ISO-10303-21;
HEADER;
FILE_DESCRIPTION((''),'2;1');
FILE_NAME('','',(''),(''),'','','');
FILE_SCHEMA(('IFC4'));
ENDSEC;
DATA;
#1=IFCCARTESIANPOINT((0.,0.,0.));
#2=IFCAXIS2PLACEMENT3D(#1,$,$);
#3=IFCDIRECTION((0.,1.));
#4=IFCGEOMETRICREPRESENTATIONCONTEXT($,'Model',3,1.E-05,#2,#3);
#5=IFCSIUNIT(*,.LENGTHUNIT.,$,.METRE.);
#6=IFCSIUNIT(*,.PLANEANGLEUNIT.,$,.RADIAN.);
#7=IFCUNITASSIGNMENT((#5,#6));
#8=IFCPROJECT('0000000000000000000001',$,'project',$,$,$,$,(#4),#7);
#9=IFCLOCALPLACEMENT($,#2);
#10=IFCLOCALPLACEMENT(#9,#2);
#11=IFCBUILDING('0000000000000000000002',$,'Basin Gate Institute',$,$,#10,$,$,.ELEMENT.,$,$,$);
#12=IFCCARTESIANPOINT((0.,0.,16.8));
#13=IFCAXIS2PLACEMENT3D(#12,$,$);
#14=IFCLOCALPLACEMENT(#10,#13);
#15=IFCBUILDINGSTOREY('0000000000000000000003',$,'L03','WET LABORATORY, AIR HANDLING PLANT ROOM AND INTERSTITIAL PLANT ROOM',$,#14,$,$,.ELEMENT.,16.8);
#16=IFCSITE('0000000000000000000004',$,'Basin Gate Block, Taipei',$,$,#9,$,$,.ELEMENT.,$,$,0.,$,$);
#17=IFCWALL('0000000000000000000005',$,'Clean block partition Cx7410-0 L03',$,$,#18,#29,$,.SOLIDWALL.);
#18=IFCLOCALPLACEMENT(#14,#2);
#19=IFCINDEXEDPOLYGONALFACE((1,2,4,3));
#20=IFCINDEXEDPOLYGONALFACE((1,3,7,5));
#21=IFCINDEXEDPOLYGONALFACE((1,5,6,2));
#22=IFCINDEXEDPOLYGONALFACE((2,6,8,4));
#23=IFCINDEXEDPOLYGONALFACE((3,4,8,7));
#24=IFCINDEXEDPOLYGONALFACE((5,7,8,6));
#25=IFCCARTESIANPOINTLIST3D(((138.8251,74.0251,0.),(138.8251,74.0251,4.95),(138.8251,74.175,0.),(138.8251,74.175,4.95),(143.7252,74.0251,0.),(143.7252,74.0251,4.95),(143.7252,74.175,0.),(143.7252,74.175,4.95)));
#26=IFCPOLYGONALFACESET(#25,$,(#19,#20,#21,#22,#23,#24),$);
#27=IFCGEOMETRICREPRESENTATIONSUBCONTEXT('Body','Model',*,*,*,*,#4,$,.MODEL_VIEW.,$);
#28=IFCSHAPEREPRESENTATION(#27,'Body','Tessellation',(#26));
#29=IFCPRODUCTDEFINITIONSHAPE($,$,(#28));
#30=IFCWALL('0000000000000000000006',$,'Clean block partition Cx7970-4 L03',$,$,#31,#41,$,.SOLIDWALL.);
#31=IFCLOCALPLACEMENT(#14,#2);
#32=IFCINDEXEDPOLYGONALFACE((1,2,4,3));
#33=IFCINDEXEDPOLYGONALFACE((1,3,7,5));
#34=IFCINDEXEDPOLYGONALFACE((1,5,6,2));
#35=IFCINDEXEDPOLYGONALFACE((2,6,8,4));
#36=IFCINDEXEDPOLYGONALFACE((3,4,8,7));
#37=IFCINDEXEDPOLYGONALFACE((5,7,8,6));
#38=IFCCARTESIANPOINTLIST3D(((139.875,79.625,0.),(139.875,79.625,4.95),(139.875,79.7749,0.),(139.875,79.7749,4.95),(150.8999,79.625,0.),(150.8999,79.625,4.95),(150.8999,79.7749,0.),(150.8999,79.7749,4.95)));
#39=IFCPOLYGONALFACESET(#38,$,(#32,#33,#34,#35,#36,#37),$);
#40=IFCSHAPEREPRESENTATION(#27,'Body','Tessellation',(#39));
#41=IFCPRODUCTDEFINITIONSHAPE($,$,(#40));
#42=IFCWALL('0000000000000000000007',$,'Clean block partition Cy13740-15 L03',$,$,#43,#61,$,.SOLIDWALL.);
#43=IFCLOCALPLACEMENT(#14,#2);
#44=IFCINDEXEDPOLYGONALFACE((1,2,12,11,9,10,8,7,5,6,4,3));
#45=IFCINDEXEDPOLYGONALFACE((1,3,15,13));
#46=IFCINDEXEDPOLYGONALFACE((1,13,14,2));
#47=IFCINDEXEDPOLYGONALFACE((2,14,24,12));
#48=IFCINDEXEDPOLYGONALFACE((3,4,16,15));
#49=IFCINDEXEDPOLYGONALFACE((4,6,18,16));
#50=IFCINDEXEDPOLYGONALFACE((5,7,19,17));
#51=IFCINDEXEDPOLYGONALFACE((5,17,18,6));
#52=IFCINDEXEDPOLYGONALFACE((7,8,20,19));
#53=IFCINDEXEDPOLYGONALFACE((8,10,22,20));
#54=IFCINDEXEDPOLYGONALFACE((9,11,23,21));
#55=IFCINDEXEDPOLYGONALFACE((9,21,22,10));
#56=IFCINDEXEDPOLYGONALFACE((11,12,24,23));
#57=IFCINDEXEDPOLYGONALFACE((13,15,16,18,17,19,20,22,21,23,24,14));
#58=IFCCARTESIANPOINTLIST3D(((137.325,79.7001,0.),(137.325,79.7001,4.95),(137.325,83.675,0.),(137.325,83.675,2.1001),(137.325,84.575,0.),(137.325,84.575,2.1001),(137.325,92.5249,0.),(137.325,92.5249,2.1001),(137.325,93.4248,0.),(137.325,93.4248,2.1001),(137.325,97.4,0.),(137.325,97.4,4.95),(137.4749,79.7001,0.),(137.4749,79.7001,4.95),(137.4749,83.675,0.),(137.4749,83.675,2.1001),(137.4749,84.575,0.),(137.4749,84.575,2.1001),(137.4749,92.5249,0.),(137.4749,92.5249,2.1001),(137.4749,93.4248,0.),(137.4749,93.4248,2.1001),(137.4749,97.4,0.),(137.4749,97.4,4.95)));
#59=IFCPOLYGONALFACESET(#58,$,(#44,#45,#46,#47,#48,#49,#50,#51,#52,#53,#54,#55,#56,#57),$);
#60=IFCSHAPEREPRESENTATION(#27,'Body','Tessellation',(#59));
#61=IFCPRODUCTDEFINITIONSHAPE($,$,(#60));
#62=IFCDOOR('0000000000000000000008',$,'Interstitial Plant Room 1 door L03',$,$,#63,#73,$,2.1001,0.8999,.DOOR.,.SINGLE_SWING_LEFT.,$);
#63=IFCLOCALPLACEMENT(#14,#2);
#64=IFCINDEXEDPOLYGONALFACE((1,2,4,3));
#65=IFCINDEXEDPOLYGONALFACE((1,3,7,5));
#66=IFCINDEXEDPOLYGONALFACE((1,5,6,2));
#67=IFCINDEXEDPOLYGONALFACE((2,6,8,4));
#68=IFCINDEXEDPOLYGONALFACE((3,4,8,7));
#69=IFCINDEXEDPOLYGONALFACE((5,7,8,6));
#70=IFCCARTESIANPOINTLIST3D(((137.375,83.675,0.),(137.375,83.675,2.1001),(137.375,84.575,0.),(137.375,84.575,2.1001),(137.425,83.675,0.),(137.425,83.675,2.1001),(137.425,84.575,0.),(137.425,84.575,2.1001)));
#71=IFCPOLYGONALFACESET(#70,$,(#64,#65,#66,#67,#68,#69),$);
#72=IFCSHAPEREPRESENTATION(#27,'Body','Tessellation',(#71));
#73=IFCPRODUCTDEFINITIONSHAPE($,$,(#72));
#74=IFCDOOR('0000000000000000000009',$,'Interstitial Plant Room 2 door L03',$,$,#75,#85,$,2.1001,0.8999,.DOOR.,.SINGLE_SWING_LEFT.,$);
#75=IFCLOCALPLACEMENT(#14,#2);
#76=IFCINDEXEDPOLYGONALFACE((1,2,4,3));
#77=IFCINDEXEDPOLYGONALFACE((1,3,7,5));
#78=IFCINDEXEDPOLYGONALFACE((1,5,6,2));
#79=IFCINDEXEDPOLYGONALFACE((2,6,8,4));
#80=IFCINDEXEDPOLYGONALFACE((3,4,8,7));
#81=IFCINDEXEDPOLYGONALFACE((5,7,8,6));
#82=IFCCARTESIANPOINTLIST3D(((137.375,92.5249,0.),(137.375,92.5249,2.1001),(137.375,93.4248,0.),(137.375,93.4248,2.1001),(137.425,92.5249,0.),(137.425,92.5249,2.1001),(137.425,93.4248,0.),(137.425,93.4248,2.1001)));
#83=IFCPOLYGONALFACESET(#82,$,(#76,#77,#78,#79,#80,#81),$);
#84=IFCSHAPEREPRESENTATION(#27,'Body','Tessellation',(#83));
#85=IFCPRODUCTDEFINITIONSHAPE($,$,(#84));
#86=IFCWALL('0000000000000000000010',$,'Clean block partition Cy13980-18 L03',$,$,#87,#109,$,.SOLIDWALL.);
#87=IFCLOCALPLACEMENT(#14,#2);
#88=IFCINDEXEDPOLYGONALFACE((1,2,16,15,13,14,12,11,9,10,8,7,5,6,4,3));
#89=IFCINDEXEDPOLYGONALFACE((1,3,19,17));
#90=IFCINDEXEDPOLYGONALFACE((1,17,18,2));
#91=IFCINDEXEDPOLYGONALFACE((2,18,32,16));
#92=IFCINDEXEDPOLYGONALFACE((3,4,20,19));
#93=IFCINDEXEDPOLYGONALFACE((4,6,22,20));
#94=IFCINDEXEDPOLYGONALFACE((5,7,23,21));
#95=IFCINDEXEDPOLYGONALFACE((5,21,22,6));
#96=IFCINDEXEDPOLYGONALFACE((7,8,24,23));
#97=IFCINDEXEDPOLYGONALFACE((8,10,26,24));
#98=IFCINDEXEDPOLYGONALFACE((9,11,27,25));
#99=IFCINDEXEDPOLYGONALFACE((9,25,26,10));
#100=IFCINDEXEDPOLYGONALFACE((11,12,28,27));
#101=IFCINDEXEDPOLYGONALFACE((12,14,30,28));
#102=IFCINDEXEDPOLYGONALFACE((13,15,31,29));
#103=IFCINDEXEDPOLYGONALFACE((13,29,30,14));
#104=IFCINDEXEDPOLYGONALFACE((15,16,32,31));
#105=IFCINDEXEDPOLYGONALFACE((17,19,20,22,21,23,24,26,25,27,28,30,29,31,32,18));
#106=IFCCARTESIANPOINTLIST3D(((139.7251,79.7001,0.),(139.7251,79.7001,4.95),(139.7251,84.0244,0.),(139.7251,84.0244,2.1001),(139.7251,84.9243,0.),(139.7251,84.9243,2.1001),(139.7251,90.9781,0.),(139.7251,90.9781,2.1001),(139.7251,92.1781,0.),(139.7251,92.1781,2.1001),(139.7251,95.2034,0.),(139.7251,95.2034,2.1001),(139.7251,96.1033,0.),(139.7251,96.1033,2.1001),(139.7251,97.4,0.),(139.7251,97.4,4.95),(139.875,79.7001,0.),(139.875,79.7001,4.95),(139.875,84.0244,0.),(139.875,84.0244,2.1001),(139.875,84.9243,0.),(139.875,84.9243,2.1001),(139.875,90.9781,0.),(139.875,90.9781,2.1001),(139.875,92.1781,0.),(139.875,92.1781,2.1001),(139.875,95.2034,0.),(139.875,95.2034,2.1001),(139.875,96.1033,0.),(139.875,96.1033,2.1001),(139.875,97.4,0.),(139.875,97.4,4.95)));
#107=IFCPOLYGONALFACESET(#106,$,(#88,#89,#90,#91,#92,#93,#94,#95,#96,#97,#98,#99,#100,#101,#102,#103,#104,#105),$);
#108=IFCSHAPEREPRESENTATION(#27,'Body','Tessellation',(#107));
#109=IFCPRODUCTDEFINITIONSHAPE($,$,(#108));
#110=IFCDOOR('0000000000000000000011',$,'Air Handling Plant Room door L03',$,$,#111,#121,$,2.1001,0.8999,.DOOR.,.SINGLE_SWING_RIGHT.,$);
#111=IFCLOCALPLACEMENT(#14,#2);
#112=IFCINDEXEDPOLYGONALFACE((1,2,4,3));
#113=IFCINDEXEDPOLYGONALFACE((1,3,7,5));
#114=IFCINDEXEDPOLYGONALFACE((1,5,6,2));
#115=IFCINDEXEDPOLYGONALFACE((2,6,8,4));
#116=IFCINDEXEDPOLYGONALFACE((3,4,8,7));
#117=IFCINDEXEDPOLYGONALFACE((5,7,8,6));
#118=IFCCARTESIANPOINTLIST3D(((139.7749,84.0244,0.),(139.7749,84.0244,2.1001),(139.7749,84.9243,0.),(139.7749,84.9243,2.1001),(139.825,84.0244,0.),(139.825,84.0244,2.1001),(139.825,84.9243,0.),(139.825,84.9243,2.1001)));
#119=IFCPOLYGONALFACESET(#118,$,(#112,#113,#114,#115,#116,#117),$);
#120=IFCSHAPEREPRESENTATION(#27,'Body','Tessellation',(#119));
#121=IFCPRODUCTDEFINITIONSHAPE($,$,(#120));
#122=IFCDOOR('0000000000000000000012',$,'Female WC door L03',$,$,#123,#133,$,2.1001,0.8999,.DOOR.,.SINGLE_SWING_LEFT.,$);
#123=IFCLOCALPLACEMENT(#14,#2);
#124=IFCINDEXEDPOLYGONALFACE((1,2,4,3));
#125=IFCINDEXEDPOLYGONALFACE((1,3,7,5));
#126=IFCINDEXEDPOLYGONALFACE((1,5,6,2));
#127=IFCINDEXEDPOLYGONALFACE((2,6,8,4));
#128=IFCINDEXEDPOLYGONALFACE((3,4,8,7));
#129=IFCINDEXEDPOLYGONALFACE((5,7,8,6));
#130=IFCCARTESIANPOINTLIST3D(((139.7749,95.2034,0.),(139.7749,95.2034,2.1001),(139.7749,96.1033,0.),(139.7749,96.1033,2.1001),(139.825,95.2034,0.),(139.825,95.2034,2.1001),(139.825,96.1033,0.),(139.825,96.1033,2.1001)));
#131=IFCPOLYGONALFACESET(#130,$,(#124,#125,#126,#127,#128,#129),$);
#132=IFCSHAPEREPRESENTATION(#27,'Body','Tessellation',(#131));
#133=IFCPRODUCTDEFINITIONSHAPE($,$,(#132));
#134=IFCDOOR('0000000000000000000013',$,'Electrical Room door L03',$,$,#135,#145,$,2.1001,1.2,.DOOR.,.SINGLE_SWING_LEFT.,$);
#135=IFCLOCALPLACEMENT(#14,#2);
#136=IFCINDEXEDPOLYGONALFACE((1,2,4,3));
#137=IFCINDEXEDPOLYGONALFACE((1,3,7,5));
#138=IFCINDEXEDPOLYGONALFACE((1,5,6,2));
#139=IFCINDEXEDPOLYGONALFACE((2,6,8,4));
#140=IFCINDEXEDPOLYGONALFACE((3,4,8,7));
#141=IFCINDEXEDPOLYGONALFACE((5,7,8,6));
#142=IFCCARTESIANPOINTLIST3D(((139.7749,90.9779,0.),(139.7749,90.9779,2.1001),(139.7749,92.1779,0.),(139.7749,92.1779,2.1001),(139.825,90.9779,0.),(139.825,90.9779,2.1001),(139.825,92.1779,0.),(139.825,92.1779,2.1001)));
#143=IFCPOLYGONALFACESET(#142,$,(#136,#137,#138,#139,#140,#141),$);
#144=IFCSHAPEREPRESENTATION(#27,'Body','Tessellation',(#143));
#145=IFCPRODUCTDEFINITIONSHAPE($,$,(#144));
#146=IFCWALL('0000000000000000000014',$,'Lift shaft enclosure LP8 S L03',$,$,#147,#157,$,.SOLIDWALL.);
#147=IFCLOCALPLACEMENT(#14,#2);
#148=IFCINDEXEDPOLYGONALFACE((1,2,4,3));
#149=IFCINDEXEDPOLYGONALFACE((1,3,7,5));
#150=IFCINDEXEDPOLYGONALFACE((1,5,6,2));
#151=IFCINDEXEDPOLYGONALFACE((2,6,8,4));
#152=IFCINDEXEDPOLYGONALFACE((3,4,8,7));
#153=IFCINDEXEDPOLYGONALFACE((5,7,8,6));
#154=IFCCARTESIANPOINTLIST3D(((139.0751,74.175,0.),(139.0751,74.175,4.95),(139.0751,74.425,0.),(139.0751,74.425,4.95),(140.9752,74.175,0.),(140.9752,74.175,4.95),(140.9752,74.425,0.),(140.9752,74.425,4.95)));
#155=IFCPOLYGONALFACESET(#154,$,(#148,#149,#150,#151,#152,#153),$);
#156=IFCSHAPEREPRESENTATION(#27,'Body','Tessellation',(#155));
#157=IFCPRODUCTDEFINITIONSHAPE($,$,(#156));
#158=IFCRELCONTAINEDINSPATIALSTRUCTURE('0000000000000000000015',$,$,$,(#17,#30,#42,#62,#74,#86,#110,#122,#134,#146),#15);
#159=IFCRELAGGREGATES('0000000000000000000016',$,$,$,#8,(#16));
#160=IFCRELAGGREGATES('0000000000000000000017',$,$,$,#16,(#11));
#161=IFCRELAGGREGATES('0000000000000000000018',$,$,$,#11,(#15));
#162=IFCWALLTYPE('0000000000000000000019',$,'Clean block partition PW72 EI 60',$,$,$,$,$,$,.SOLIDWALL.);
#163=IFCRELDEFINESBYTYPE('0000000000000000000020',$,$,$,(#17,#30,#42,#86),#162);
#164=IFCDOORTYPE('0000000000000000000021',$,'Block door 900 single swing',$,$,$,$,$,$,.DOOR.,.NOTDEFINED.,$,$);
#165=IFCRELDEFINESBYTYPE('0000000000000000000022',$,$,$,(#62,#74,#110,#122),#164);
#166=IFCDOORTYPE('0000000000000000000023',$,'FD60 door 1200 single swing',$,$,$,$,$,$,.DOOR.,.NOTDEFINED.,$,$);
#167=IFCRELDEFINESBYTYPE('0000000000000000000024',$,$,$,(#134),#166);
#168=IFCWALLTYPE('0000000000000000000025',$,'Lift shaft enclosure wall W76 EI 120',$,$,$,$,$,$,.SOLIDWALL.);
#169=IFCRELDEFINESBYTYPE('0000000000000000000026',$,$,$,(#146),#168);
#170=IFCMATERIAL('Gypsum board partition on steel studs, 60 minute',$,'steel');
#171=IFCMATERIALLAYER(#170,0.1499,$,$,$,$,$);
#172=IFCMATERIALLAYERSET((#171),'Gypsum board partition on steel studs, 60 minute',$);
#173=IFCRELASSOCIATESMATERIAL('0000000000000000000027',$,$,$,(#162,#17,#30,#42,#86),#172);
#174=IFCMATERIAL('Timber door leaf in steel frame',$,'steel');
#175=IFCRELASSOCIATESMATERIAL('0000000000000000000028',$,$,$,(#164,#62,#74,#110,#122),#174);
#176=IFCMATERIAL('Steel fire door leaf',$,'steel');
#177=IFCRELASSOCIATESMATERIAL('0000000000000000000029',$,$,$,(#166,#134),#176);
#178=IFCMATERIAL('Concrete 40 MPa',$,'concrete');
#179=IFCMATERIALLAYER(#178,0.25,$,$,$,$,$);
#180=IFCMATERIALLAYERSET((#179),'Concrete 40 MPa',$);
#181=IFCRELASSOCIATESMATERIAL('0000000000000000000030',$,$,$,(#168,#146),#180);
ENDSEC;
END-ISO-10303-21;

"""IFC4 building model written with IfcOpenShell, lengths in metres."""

from ifc_helpers import new_model, si_unit, direction, frame, frame_2d, origin, place, context, subcontext, project, spatial, rectangle, extrude, material, layer, layer_set, type_object, element, fill, save


model = new_model("IFC4")

# Units and contexts
model_context = context("Model", 3, precision=1e-05, world=origin(), true_north=direction((0.0, 1.0)))
body_context = subcontext(model_context, "Body", "Model", "MODEL_VIEW")
ifc_project = project(units=[si_unit("LENGTHUNIT", "METRE"), si_unit("PLANEANGLEUNIT", "RADIAN")], contexts=[model_context])

# Site, building, storey
site_placement = place(None, origin())
site = spatial("IfcSite", under=ifc_project, at=site_placement, Name="Basin Gate Block, Taipei", CompositionType="ELEMENT", RefElevation=0.0)
building_placement = place(site_placement, origin())
building = spatial("IfcBuilding", under=site, at=building_placement, Name="Basin Gate Institute", CompositionType="ELEMENT")
storey_placement = place(building_placement, frame((0.0, 0.0, 16.8)))
storey = spatial("IfcBuildingStorey", under=building, at=storey_placement, Name="L03", Description="WET LABORATORY, AIR HANDLING PLANT ROOM AND INTERSTITIAL PLANT ROOM", CompositionType="ELEMENT", Elevation=16.8)

# Walls
ifc_material_1 = material(Name="Gypsum board partition on steel studs, 60 minute", Category="steel")
ifc_layer_1 = layer(ifc_material_1, 0.1499)
ifc_layer_set_1 = layer_set([ifc_layer_1], Name="Gypsum board partition on steel studs, 60 minute")
wall_type_1 = type_object("IfcWallType", Name="Clean block partition PW72 EI 60", PredefinedType="SOLIDWALL", material=ifc_layer_set_1)
wall_1_placement = place(storey_placement, frame((138.825, 74.1001, 0.0), z_axis=(0.0, 0.0, 1.0), x_axis=(1.0, 0.0, 0.0)))
element("IfcWall", 1, at=wall_1_placement, inside=storey, type_object=wall_type_1, material=ifc_layer_set_1, Name="Clean block partition Cx7410-0 L03", PredefinedType="SOLIDWALL", context=body_context, shape_type="SweptSolid", body=[
    extrude(rectangle(XDim=4.9001, YDim=0.1499, at=frame_2d((2.4502, 0.0))), origin(), (0.0, 0.0, 1.0), 4.95),
])
wall_2_placement = place(storey_placement, frame((139.875, 79.7, 0.0), z_axis=(0.0, 0.0, 1.0), x_axis=(1.0, 0.0, 0.0)))
element("IfcWall", 2, at=wall_2_placement, inside=storey, type_object=wall_type_1, material=ifc_layer_set_1, Name="Clean block partition Cx7970-4 L03", PredefinedType="SOLIDWALL", context=body_context, shape_type="SweptSolid", body=[
    extrude(rectangle(XDim=11.0249, YDim=0.1499, at=frame_2d((5.5125, 0.0))), origin(), (0.0, 0.0, 1.0), 4.95),
])

# Walls, openings, doors
wall_3_placement = place(storey_placement, frame((137.3999, 79.7, 0.0), z_axis=(0.0, 0.0, 1.0), x_axis=(0.0, 1.0, 0.0)))
wall_3 = element("IfcWall", 3, at=wall_3_placement, inside=storey, type_object=wall_type_1, material=ifc_layer_set_1, Name="Clean block partition Cy13740-15 L03", PredefinedType="SOLIDWALL", context=body_context, shape_type="SweptSolid", body=[
    extrude(rectangle(XDim=17.7, YDim=0.1499, at=frame_2d((8.8501, 0.0))), origin(), (0.0, 0.0, 1.0), 4.95),
])
opening_1_placement = place(wall_3_placement, frame((3.9751, 0.0, 0.0)))
opening_1 = element("IfcOpeningElement", 4, at=opening_1_placement, cuts=wall_3, PredefinedType="OPENING", context=body_context, shape_type="SweptSolid", body=[
    extrude(rectangle(XDim=0.8999, YDim=2.1001, at=frame_2d((0.45, 1.05))), frame((0.0, 0.085, 0.0), z_axis=(0.0, -1.0, 0.0), x_axis=(1.0, 0.0, 0.0)), (0.0, 0.0, 1.0), 0.1699),
])
opening_2_placement = place(wall_3_placement, frame((12.825, 0.0, 0.0)))
opening_2 = element("IfcOpeningElement", 5, at=opening_2_placement, cuts=wall_3, PredefinedType="OPENING", context=body_context, shape_type="SweptSolid", body=[
    extrude(rectangle(XDim=0.8999, YDim=2.1001, at=frame_2d((0.45, 1.05))), frame((0.0, 0.085, 0.0), z_axis=(0.0, -1.0, 0.0), x_axis=(1.0, 0.0, 0.0)), (0.0, 0.0, 1.0), 0.1699),
])
ifc_material_2 = material(Name="Timber door leaf in steel frame", Category="steel")
door_type_1 = type_object("IfcDoorType", Name="Block door 900 single swing", OperationType="NOTDEFINED", PredefinedType="DOOR", material=ifc_material_2)
door_1_placement = place(opening_1_placement, origin())
door_1 = element("IfcDoor", 6, at=door_1_placement, inside=storey, type_object=door_type_1, material=ifc_material_2, Name="Interstitial Plant Room 1 door L03", OperationType="SINGLE_SWING_LEFT", OverallHeight=2.1001, OverallWidth=0.8999, PredefinedType="DOOR", context=body_context, shape_type="SweptSolid", body=[
    extrude(rectangle(XDim=0.8999, YDim=2.1001, at=frame_2d((0.45, 1.05))), frame((0.0, 0.0249, 0.0), z_axis=(0.0, -1.0, 0.0), x_axis=(1.0, 0.0, 0.0)), (0.0, 0.0, 1.0), 0.05),
])
fill(opening_1, door_1)
door_2_placement = place(opening_2_placement, origin())
door_2 = element("IfcDoor", 7, at=door_2_placement, inside=storey, type_object=door_type_1, material=ifc_material_2, Name="Interstitial Plant Room 2 door L03", OperationType="SINGLE_SWING_LEFT", OverallHeight=2.1001, OverallWidth=0.8999, PredefinedType="DOOR", context=body_context, shape_type="SweptSolid", body=[
    extrude(rectangle(XDim=0.8999, YDim=2.1001, at=frame_2d((0.45, 1.05))), frame((0.0, 0.0249, 0.0), z_axis=(0.0, -1.0, 0.0), x_axis=(1.0, 0.0, 0.0)), (0.0, 0.0, 1.0), 0.05),
])
fill(opening_2, door_2)
wall_4_placement = place(storey_placement, frame((139.8, 79.7, 0.0), z_axis=(0.0, 0.0, 1.0), x_axis=(0.0, 1.0, 0.0)))
wall_4 = element("IfcWall", 8, at=wall_4_placement, inside=storey, type_object=wall_type_1, material=ifc_layer_set_1, Name="Clean block partition Cy13980-18 L03", PredefinedType="SOLIDWALL", context=body_context, shape_type="SweptSolid", body=[
    extrude(rectangle(XDim=17.7, YDim=0.1499, at=frame_2d((8.8501, 0.0))), origin(), (0.0, 0.0, 1.0), 4.95),
])
opening_3_placement = place(wall_4_placement, frame((4.3245, 0.0, 0.0)))
opening_3 = element("IfcOpeningElement", 9, at=opening_3_placement, cuts=wall_4, PredefinedType="OPENING", context=body_context, shape_type="SweptSolid", body=[
    extrude(rectangle(XDim=0.8999, YDim=2.1001, at=frame_2d((0.45, 1.05))), frame((0.0, 0.085, 0.0), z_axis=(0.0, -1.0, 0.0), x_axis=(1.0, 0.0, 0.0)), (0.0, 0.0, 1.0), 0.1699),
])
opening_4_placement = place(wall_4_placement, frame((11.2781, 0.0, 0.0)))
opening_4 = element("IfcOpeningElement", 10, at=opening_4_placement, cuts=wall_4, PredefinedType="OPENING", context=body_context, shape_type="SweptSolid", body=[
    extrude(rectangle(XDim=1.2, YDim=2.1001, at=frame_2d((0.6001, 1.05))), frame((0.0, 0.085, 0.0), z_axis=(0.0, -1.0, 0.0), x_axis=(1.0, 0.0, 0.0)), (0.0, 0.0, 1.0), 0.1699),
])
opening_5_placement = place(wall_4_placement, frame((15.5034, 0.0, 0.0)))
opening_5 = element("IfcOpeningElement", 11, at=opening_5_placement, cuts=wall_4, PredefinedType="OPENING", context=body_context, shape_type="SweptSolid", body=[
    extrude(rectangle(XDim=0.8999, YDim=2.1001, at=frame_2d((0.45, 1.05))), frame((0.0, 0.085, 0.0), z_axis=(0.0, -1.0, 0.0), x_axis=(1.0, 0.0, 0.0)), (0.0, 0.0, 1.0), 0.1699),
])
door_3_placement = place(opening_3_placement, frame((0.8999, 0.0, 0.0), z_axis=(0.0, 0.0, 1.0), x_axis=(-1.0, 0.0, 0.0)))
door_3 = element("IfcDoor", 12, at=door_3_placement, inside=storey, type_object=door_type_1, material=ifc_material_2, Name="Air Handling Plant Room door L03", OperationType="SINGLE_SWING_RIGHT", OverallHeight=2.1001, OverallWidth=0.8999, PredefinedType="DOOR", context=body_context, shape_type="SweptSolid", body=[
    extrude(rectangle(XDim=0.8999, YDim=2.1001, at=frame_2d((0.45, 1.05))), frame((0.0, 0.0249, 0.0), z_axis=(0.0, -1.0, 0.0), x_axis=(1.0, 0.0, 0.0)), (0.0, 0.0, 1.0), 0.05),
])
fill(opening_3, door_3)
door_4_placement = place(opening_5_placement, frame((0.8999, 0.0, 0.0), z_axis=(0.0, 0.0, 1.0), x_axis=(-1.0, 0.0, 0.0)))
door_4 = element("IfcDoor", 13, at=door_4_placement, inside=storey, type_object=door_type_1, material=ifc_material_2, Name="Female WC door L03", OperationType="SINGLE_SWING_LEFT", OverallHeight=2.1001, OverallWidth=0.8999, PredefinedType="DOOR", context=body_context, shape_type="SweptSolid", body=[
    extrude(rectangle(XDim=0.8999, YDim=2.1001, at=frame_2d((0.45, 1.05))), frame((0.0, 0.0249, 0.0), z_axis=(0.0, -1.0, 0.0), x_axis=(1.0, 0.0, 0.0)), (0.0, 0.0, 1.0), 0.05),
])
fill(opening_5, door_4)
ifc_material_3 = material(Name="Steel fire door leaf", Category="steel")
door_type_2 = type_object("IfcDoorType", Name="FD60 door 1200 single swing", OperationType="NOTDEFINED", PredefinedType="DOOR", material=ifc_material_3)
door_5_placement = place(opening_4_placement, frame((1.2, 0.0, 0.0), z_axis=(0.0, 0.0, 1.0), x_axis=(-1.0, 0.0, 0.0)))
door_5 = element("IfcDoor", 14, at=door_5_placement, inside=storey, type_object=door_type_2, material=ifc_material_3, Name="Electrical Room door L03", OperationType="SINGLE_SWING_LEFT", OverallHeight=2.1001, OverallWidth=1.2, PredefinedType="DOOR", context=body_context, shape_type="SweptSolid", body=[
    extrude(rectangle(XDim=1.2, YDim=2.1001, at=frame_2d((0.6001, 1.05))), frame((0.0, 0.0249, 0.0), z_axis=(0.0, -1.0, 0.0), x_axis=(1.0, 0.0, 0.0)), (0.0, 0.0, 1.0), 0.05),
])
fill(opening_4, door_5)

# Wall
ifc_material_4 = material(Name="Concrete 40 MPa", Category="concrete")
ifc_layer_2 = layer(ifc_material_4, 0.25)
ifc_layer_set_2 = layer_set([ifc_layer_2], Name="Concrete 40 MPa")
wall_type_2 = type_object("IfcWallType", Name="Lift shaft enclosure wall W76 EI 120", PredefinedType="SOLIDWALL", material=ifc_layer_set_2)
wall_5_placement = place(storey_placement, frame((139.075, 74.3, 0.0), z_axis=(0.0, 0.0, 1.0), x_axis=(1.0, 0.0, 0.0)))
element("IfcWall", 15, at=wall_5_placement, inside=storey, type_object=wall_type_2, material=ifc_layer_set_2, Name="Lift shaft enclosure LP8 S L03", PredefinedType="SOLIDWALL", context=body_context, shape_type="SweptSolid", body=[
    extrude(rectangle(XDim=1.9001, YDim=0.25, at=frame_2d((0.9502, 0.0))), origin(), (0.0, 0.0, 1.0), 4.95),
])

save(model, "model.ifc")
